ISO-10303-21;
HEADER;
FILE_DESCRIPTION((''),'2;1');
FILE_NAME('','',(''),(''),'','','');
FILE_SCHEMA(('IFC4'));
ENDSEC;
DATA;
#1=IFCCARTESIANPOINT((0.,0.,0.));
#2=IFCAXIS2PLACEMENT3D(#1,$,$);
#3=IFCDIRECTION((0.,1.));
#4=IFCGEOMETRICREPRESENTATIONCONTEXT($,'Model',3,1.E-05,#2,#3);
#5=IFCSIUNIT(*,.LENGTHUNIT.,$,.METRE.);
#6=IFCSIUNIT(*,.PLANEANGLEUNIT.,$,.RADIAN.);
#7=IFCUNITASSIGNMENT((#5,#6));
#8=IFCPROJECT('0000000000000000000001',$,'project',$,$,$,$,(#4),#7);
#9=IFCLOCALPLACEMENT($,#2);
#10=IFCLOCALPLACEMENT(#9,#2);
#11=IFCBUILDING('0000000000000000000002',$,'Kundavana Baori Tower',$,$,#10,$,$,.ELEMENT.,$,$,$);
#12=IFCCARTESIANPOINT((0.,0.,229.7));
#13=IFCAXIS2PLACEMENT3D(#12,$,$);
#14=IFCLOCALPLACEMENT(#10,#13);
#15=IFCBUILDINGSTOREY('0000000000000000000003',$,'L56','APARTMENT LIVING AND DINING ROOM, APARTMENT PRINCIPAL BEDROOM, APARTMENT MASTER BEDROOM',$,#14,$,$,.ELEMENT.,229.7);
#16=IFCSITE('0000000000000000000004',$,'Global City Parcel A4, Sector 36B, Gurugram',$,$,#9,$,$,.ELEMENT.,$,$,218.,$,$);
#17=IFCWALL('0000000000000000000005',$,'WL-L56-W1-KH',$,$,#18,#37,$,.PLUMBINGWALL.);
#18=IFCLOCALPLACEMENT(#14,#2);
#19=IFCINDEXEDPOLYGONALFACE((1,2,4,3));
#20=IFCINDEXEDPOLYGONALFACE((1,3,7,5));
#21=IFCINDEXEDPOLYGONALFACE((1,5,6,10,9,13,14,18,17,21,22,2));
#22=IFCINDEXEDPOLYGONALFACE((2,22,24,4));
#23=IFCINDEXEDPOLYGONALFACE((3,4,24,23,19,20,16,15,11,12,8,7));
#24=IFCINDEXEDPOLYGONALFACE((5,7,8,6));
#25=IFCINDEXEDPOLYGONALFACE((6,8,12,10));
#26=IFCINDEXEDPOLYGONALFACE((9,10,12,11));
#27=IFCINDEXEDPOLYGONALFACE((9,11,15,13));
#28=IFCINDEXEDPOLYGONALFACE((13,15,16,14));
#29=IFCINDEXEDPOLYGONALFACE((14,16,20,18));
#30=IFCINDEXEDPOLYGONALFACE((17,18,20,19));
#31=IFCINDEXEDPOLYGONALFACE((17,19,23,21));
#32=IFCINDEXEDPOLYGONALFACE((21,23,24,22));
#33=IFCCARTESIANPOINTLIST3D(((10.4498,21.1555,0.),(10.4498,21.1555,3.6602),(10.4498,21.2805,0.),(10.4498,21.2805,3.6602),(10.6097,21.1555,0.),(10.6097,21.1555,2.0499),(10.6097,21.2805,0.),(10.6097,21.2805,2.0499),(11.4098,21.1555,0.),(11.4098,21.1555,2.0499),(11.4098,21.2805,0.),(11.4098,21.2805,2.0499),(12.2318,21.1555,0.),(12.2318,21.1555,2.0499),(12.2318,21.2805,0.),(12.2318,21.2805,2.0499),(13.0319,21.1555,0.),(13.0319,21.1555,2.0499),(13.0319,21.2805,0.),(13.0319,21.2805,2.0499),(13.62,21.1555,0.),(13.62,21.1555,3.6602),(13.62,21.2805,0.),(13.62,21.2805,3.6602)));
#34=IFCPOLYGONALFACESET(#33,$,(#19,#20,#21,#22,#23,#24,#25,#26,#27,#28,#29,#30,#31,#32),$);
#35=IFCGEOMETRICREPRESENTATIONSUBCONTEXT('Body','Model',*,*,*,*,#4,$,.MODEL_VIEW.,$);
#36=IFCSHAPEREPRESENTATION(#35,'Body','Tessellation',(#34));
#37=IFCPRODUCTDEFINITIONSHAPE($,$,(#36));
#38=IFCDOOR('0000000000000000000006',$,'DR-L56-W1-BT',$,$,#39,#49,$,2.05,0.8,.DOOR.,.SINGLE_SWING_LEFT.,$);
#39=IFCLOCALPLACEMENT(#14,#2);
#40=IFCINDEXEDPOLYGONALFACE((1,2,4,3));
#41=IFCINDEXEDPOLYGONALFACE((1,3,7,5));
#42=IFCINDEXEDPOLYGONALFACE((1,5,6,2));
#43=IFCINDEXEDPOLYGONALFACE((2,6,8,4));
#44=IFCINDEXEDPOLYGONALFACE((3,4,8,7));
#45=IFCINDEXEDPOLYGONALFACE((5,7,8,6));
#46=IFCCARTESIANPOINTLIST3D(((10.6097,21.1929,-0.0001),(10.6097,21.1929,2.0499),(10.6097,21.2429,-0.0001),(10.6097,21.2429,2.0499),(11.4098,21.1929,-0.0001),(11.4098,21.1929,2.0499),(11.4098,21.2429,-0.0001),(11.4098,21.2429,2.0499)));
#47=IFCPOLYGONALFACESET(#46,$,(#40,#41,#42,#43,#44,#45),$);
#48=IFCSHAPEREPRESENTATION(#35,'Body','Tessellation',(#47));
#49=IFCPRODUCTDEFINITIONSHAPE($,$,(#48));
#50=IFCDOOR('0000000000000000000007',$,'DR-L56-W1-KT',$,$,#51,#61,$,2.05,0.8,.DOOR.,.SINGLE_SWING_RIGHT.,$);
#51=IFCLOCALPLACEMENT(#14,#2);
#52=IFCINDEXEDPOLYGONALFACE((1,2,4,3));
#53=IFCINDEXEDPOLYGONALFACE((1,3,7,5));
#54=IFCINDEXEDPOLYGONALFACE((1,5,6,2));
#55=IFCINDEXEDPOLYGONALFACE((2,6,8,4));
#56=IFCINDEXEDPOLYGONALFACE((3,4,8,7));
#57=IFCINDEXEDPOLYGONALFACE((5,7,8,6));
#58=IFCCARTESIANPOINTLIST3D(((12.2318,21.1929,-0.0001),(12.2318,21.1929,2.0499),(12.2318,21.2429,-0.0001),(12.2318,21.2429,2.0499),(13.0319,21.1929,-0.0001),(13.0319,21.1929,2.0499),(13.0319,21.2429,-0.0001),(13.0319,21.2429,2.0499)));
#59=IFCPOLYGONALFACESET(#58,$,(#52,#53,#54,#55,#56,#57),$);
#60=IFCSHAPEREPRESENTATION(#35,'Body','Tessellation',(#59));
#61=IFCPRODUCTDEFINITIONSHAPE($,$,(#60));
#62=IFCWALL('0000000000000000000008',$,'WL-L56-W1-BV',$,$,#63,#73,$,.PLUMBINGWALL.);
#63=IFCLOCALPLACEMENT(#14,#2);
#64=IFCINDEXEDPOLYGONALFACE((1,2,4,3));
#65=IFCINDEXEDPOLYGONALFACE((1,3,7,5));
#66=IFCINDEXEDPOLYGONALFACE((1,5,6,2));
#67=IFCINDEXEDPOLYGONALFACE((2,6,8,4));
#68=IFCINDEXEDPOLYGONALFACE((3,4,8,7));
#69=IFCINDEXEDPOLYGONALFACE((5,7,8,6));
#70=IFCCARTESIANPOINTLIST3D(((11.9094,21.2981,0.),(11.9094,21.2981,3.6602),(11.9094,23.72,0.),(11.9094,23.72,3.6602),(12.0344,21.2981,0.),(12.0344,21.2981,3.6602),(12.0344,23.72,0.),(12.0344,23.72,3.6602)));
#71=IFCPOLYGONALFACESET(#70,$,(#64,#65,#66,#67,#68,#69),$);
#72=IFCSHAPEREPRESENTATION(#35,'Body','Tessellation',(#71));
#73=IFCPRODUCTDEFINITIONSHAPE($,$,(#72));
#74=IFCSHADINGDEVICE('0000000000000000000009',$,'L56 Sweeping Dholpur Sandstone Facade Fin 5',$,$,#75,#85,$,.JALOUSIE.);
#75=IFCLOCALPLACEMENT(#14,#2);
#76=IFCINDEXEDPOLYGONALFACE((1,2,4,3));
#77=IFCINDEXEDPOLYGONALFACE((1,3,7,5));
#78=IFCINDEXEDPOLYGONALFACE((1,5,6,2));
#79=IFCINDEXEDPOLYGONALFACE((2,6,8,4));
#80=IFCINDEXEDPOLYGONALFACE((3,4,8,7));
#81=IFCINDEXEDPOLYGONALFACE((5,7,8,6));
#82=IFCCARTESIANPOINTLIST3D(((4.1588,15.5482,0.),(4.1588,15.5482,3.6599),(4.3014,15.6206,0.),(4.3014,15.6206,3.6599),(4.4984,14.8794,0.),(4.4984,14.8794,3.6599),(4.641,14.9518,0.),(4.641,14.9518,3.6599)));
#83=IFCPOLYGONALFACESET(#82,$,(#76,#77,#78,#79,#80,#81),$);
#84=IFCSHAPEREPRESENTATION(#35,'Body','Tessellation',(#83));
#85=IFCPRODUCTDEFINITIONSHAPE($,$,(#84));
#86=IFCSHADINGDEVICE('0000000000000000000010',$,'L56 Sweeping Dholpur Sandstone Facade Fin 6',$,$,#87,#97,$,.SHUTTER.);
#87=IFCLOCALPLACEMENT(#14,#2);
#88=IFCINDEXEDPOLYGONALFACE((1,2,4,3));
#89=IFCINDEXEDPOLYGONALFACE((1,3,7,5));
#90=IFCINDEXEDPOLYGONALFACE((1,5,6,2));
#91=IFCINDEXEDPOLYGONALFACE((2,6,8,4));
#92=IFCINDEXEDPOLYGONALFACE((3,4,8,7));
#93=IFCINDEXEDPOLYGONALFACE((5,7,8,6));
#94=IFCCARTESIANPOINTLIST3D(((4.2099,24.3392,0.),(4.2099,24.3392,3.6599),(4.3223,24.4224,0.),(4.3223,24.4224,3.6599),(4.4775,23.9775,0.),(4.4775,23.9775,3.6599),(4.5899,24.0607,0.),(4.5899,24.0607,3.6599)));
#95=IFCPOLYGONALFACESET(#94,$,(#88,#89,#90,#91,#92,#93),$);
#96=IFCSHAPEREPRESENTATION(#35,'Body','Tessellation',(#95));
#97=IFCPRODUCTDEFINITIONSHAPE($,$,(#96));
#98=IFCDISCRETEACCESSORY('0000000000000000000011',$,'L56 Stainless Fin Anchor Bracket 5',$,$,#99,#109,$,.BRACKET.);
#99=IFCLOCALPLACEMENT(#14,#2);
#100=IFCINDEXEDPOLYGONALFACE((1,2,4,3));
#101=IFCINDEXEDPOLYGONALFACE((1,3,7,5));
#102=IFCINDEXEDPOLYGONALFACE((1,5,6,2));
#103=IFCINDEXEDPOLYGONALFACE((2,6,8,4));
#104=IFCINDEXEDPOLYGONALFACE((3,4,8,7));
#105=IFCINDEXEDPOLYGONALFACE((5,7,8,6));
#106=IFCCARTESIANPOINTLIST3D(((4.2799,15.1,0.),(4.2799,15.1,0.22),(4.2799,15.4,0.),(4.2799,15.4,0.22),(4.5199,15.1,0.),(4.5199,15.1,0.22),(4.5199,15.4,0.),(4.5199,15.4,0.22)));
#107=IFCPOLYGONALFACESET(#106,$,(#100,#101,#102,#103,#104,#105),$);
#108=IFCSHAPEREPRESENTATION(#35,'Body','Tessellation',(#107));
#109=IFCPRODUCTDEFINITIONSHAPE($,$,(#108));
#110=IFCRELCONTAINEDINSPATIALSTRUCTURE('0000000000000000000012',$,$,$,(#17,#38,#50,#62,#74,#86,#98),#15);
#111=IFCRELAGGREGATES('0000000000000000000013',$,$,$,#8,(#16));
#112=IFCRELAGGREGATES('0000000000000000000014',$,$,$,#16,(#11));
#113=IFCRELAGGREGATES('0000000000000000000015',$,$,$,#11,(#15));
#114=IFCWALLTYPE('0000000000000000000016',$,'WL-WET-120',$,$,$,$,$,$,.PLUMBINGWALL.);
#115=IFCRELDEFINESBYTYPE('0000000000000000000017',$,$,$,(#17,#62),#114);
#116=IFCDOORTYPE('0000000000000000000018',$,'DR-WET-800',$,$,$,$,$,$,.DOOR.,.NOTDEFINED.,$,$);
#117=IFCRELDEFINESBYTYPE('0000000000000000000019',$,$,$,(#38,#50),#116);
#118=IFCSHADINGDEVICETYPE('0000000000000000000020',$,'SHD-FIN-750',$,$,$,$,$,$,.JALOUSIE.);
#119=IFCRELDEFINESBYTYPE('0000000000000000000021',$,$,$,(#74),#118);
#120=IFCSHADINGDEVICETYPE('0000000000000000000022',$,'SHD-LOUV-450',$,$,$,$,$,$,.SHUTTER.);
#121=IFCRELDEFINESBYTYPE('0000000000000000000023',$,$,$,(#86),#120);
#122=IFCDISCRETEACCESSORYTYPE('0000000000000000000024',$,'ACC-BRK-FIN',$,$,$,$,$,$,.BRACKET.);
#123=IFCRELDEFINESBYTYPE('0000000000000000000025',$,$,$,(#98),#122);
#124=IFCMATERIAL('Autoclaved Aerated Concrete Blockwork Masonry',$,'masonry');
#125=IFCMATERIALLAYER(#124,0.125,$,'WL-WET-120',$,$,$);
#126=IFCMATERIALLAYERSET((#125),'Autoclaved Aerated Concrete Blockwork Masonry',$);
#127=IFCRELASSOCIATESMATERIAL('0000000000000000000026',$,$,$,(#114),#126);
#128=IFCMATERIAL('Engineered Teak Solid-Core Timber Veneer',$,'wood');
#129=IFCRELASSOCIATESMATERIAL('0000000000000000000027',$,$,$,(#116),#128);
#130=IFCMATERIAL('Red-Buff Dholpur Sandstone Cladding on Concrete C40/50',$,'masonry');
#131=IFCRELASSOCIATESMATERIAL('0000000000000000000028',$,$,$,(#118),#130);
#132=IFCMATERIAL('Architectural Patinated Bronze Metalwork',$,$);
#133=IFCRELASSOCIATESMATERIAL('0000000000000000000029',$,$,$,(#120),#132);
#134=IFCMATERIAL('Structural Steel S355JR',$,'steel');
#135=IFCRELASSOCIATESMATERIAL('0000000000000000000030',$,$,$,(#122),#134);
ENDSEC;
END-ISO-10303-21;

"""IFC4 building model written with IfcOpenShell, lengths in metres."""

from ifc_helpers import new_model, si_unit, direction, frame, frame_2d, origin, origin_2d, place, context, subcontext, project, spatial, rectangle, extrude, material, layer, layer_set, type_object, element, fill, save


model = new_model("IFC4")

# Units and contexts
model_context = context("Model", 3, precision=1e-05, world=origin(), true_north=direction((0.0, 1.0)))
body_context = subcontext(model_context, "Body", "Model", "MODEL_VIEW")
ifc_project = project(units=[si_unit("LENGTHUNIT", "METRE"), si_unit("PLANEANGLEUNIT", "RADIAN")], contexts=[model_context])

# Site, building, storey
site_placement = place(None, origin())
site = spatial("IfcSite", under=ifc_project, at=site_placement, Name="Global City Parcel A4, Sector 36B, Gurugram", CompositionType="ELEMENT", RefElevation=218.0)
building_placement = place(site_placement, origin())
building = spatial("IfcBuilding", under=site, at=building_placement, Name="Kundavana Baori Tower", CompositionType="ELEMENT")
storey_placement = place(building_placement, frame((0.0, 0.0, 229.7)))
storey = spatial("IfcBuildingStorey", under=building, at=storey_placement, Name="L56", Description="APARTMENT LIVING AND DINING ROOM, APARTMENT PRINCIPAL BEDROOM, APARTMENT MASTER BEDROOM", CompositionType="ELEMENT", Elevation=229.7)

# Wall, openings, doors
ifc_material_1 = material(Name="Autoclaved Aerated Concrete Blockwork Masonry", Category="masonry")
ifc_layer_1 = layer(ifc_material_1, 0.125, Name="WL-WET-120")
ifc_layer_set_1 = layer_set([ifc_layer_1], Name="Autoclaved Aerated Concrete Blockwork Masonry")
wall_type_1 = type_object("IfcWallType", Name="WL-WET-120", PredefinedType="PLUMBINGWALL", material=ifc_layer_set_1)
wall_1_placement = place(storey_placement, frame((10.45, 21.218, 0.0), z_axis=(0.0, 0.0, 1.0), x_axis=(1.0, 0.0, 0.0)))
wall_1 = element("IfcWall", 1, at=wall_1_placement, inside=storey, type_object=wall_type_1, Name="WL-L56-W1-KH", PredefinedType="PLUMBINGWALL", context=body_context, shape_type="SweptSolid", body=[
    extrude(rectangle(XDim=3.1702, YDim=0.125, at=frame_2d((1.585, 0.0))), origin(), (0.0, 0.0, 1.0), 3.6602),
])
opening_1_placement = place(wall_1_placement, frame((0.1599, 0.0, 0.0)))
opening_1 = element("IfcOpeningElement", 2, at=opening_1_placement, cuts=wall_1, PredefinedType="OPENING", context=body_context, shape_type="SweptSolid", body=[
    extrude(rectangle(XDim=0.8, YDim=2.05, at=frame_2d((0.3999, 1.0249))), frame((0.0, 0.0725, 0.0), z_axis=(0.0, -1.0, 0.0), x_axis=(1.0, 0.0, 0.0)), (0.0, 0.0, 1.0), 0.145),
])
opening_2_placement = place(wall_1_placement, frame((1.782, 0.0, 0.0)))
opening_2 = element("IfcOpeningElement", 3, at=opening_2_placement, cuts=wall_1, PredefinedType="OPENING", context=body_context, shape_type="SweptSolid", body=[
    extrude(rectangle(XDim=0.8, YDim=2.05, at=frame_2d((0.3999, 1.0249))), frame((0.0, 0.0725, 0.0), z_axis=(0.0, -1.0, 0.0), x_axis=(1.0, 0.0, 0.0)), (0.0, 0.0, 1.0), 0.145),
])
ifc_material_2 = material(Name="Engineered Teak Solid-Core Timber Veneer", Category="wood")
door_type_1 = type_object("IfcDoorType", Name="DR-WET-800", OperationType="NOTDEFINED", PredefinedType="DOOR", material=ifc_material_2)
door_1_placement = place(opening_1_placement, origin())
door_1 = element("IfcDoor", 4, at=door_1_placement, inside=storey, type_object=door_type_1, Name="DR-L56-W1-BT", OperationType="SINGLE_SWING_LEFT", OverallHeight=2.05, OverallWidth=0.8, PredefinedType="DOOR", context=body_context, shape_type="SweptSolid", body=[
    extrude(rectangle(XDim=0.8, YDim=2.05, at=frame_2d((0.3999, 1.0249))), frame((0.0, 0.0249, 0.0), z_axis=(0.0, -1.0, 0.0), x_axis=(1.0, 0.0, 0.0)), (0.0, 0.0, 1.0), 0.05),
])
fill(opening_1, door_1)
door_2_placement = place(opening_2_placement, origin())
door_2 = element("IfcDoor", 5, at=door_2_placement, inside=storey, type_object=door_type_1, Name="DR-L56-W1-KT", OperationType="SINGLE_SWING_RIGHT", OverallHeight=2.05, OverallWidth=0.8, PredefinedType="DOOR", context=body_context, shape_type="SweptSolid", body=[
    extrude(rectangle(XDim=0.8, YDim=2.05, at=frame_2d((0.3999, 1.0249))), frame((0.0, 0.0249, 0.0), z_axis=(0.0, -1.0, 0.0), x_axis=(1.0, 0.0, 0.0)), (0.0, 0.0, 1.0), 0.05),
])
fill(opening_2, door_2)

# Wall
wall_2_placement = place(storey_placement, frame((11.9719, 21.2981, 0.0), z_axis=(0.0, 0.0, 1.0), x_axis=(0.0, 1.0, 0.0)))
element("IfcWall", 6, at=wall_2_placement, inside=storey, type_object=wall_type_1, Name="WL-L56-W1-BV", PredefinedType="PLUMBINGWALL", context=body_context, shape_type="SweptSolid", body=[
    extrude(rectangle(XDim=2.4219, YDim=0.125, at=frame_2d((1.2109, 0.0))), origin(), (0.0, 0.0, 1.0), 3.6602),
])

# Shading devices
ifc_material_3 = material(Name="Red-Buff Dholpur Sandstone Cladding on Concrete C40/50", Category="masonry")
shading_device_type_1 = type_object("IfcShadingDeviceType", Name="SHD-FIN-750", PredefinedType="JALOUSIE", material=ifc_material_3)
shading_device_1_placement = place(storey_placement, frame((4.3999, 15.25, 0.0), z_axis=(0.0, 0.0, 1.0), x_axis=(0.89164, 0.452746, 0.0)))
element("IfcShadingDevice", 7, at=shading_device_1_placement, inside=storey, type_object=shading_device_type_1, Name="L56 Sweeping Dholpur Sandstone Facade Fin 5", PredefinedType="JALOUSIE", context=body_context, shape_type="SweptSolid", body=[
    extrude(rectangle(XDim=0.1599, YDim=0.75, at=origin_2d()), origin(), (0.0, 0.0, 1.0), 3.6599),
])
ifc_material_4 = material(Name="Architectural Patinated Bronze Metalwork")
shading_device_type_2 = type_object("IfcShadingDeviceType", Name="SHD-LOUV-450", PredefinedType="SHUTTER", material=ifc_material_4)
shading_device_2_placement = place(storey_placement, frame((4.3999, 24.2, 0.0), z_axis=(0.0, 0.0, 1.0), x_axis=(0.803857, 0.594823, 0.0)))
element("IfcShadingDevice", 8, at=shading_device_2_placement, inside=storey, type_object=shading_device_type_2, Name="L56 Sweeping Dholpur Sandstone Facade Fin 6", PredefinedType="SHUTTER", context=body_context, shape_type="SweptSolid", body=[
    extrude(rectangle(XDim=0.1399, YDim=0.45, at=origin_2d()), origin(), (0.0, 0.0, 1.0), 3.6599),
])

# Discrete accessory
ifc_material_5 = material(Name="Structural Steel S355JR", Category="steel")
discrete_accessory_type = type_object("IfcDiscreteAccessoryType", Name="ACC-BRK-FIN", PredefinedType="BRACKET", material=ifc_material_5)
discrete_accessory_placement = place(storey_placement, frame((4.3999, 15.25, 0.0), z_axis=(0.0, 0.0, 1.0), x_axis=(1.0, 0.0, 0.0)))
element("IfcDiscreteAccessory", 9, at=discrete_accessory_placement, inside=storey, type_object=discrete_accessory_type, Name="L56 Stainless Fin Anchor Bracket 5", PredefinedType="BRACKET", context=body_context, shape_type="SweptSolid", body=[
    extrude(rectangle(XDim=0.24, YDim=0.3, at=origin_2d()), origin(), (0.0, 0.0, 1.0), 0.22),
])

save(model, "model.ifc")
